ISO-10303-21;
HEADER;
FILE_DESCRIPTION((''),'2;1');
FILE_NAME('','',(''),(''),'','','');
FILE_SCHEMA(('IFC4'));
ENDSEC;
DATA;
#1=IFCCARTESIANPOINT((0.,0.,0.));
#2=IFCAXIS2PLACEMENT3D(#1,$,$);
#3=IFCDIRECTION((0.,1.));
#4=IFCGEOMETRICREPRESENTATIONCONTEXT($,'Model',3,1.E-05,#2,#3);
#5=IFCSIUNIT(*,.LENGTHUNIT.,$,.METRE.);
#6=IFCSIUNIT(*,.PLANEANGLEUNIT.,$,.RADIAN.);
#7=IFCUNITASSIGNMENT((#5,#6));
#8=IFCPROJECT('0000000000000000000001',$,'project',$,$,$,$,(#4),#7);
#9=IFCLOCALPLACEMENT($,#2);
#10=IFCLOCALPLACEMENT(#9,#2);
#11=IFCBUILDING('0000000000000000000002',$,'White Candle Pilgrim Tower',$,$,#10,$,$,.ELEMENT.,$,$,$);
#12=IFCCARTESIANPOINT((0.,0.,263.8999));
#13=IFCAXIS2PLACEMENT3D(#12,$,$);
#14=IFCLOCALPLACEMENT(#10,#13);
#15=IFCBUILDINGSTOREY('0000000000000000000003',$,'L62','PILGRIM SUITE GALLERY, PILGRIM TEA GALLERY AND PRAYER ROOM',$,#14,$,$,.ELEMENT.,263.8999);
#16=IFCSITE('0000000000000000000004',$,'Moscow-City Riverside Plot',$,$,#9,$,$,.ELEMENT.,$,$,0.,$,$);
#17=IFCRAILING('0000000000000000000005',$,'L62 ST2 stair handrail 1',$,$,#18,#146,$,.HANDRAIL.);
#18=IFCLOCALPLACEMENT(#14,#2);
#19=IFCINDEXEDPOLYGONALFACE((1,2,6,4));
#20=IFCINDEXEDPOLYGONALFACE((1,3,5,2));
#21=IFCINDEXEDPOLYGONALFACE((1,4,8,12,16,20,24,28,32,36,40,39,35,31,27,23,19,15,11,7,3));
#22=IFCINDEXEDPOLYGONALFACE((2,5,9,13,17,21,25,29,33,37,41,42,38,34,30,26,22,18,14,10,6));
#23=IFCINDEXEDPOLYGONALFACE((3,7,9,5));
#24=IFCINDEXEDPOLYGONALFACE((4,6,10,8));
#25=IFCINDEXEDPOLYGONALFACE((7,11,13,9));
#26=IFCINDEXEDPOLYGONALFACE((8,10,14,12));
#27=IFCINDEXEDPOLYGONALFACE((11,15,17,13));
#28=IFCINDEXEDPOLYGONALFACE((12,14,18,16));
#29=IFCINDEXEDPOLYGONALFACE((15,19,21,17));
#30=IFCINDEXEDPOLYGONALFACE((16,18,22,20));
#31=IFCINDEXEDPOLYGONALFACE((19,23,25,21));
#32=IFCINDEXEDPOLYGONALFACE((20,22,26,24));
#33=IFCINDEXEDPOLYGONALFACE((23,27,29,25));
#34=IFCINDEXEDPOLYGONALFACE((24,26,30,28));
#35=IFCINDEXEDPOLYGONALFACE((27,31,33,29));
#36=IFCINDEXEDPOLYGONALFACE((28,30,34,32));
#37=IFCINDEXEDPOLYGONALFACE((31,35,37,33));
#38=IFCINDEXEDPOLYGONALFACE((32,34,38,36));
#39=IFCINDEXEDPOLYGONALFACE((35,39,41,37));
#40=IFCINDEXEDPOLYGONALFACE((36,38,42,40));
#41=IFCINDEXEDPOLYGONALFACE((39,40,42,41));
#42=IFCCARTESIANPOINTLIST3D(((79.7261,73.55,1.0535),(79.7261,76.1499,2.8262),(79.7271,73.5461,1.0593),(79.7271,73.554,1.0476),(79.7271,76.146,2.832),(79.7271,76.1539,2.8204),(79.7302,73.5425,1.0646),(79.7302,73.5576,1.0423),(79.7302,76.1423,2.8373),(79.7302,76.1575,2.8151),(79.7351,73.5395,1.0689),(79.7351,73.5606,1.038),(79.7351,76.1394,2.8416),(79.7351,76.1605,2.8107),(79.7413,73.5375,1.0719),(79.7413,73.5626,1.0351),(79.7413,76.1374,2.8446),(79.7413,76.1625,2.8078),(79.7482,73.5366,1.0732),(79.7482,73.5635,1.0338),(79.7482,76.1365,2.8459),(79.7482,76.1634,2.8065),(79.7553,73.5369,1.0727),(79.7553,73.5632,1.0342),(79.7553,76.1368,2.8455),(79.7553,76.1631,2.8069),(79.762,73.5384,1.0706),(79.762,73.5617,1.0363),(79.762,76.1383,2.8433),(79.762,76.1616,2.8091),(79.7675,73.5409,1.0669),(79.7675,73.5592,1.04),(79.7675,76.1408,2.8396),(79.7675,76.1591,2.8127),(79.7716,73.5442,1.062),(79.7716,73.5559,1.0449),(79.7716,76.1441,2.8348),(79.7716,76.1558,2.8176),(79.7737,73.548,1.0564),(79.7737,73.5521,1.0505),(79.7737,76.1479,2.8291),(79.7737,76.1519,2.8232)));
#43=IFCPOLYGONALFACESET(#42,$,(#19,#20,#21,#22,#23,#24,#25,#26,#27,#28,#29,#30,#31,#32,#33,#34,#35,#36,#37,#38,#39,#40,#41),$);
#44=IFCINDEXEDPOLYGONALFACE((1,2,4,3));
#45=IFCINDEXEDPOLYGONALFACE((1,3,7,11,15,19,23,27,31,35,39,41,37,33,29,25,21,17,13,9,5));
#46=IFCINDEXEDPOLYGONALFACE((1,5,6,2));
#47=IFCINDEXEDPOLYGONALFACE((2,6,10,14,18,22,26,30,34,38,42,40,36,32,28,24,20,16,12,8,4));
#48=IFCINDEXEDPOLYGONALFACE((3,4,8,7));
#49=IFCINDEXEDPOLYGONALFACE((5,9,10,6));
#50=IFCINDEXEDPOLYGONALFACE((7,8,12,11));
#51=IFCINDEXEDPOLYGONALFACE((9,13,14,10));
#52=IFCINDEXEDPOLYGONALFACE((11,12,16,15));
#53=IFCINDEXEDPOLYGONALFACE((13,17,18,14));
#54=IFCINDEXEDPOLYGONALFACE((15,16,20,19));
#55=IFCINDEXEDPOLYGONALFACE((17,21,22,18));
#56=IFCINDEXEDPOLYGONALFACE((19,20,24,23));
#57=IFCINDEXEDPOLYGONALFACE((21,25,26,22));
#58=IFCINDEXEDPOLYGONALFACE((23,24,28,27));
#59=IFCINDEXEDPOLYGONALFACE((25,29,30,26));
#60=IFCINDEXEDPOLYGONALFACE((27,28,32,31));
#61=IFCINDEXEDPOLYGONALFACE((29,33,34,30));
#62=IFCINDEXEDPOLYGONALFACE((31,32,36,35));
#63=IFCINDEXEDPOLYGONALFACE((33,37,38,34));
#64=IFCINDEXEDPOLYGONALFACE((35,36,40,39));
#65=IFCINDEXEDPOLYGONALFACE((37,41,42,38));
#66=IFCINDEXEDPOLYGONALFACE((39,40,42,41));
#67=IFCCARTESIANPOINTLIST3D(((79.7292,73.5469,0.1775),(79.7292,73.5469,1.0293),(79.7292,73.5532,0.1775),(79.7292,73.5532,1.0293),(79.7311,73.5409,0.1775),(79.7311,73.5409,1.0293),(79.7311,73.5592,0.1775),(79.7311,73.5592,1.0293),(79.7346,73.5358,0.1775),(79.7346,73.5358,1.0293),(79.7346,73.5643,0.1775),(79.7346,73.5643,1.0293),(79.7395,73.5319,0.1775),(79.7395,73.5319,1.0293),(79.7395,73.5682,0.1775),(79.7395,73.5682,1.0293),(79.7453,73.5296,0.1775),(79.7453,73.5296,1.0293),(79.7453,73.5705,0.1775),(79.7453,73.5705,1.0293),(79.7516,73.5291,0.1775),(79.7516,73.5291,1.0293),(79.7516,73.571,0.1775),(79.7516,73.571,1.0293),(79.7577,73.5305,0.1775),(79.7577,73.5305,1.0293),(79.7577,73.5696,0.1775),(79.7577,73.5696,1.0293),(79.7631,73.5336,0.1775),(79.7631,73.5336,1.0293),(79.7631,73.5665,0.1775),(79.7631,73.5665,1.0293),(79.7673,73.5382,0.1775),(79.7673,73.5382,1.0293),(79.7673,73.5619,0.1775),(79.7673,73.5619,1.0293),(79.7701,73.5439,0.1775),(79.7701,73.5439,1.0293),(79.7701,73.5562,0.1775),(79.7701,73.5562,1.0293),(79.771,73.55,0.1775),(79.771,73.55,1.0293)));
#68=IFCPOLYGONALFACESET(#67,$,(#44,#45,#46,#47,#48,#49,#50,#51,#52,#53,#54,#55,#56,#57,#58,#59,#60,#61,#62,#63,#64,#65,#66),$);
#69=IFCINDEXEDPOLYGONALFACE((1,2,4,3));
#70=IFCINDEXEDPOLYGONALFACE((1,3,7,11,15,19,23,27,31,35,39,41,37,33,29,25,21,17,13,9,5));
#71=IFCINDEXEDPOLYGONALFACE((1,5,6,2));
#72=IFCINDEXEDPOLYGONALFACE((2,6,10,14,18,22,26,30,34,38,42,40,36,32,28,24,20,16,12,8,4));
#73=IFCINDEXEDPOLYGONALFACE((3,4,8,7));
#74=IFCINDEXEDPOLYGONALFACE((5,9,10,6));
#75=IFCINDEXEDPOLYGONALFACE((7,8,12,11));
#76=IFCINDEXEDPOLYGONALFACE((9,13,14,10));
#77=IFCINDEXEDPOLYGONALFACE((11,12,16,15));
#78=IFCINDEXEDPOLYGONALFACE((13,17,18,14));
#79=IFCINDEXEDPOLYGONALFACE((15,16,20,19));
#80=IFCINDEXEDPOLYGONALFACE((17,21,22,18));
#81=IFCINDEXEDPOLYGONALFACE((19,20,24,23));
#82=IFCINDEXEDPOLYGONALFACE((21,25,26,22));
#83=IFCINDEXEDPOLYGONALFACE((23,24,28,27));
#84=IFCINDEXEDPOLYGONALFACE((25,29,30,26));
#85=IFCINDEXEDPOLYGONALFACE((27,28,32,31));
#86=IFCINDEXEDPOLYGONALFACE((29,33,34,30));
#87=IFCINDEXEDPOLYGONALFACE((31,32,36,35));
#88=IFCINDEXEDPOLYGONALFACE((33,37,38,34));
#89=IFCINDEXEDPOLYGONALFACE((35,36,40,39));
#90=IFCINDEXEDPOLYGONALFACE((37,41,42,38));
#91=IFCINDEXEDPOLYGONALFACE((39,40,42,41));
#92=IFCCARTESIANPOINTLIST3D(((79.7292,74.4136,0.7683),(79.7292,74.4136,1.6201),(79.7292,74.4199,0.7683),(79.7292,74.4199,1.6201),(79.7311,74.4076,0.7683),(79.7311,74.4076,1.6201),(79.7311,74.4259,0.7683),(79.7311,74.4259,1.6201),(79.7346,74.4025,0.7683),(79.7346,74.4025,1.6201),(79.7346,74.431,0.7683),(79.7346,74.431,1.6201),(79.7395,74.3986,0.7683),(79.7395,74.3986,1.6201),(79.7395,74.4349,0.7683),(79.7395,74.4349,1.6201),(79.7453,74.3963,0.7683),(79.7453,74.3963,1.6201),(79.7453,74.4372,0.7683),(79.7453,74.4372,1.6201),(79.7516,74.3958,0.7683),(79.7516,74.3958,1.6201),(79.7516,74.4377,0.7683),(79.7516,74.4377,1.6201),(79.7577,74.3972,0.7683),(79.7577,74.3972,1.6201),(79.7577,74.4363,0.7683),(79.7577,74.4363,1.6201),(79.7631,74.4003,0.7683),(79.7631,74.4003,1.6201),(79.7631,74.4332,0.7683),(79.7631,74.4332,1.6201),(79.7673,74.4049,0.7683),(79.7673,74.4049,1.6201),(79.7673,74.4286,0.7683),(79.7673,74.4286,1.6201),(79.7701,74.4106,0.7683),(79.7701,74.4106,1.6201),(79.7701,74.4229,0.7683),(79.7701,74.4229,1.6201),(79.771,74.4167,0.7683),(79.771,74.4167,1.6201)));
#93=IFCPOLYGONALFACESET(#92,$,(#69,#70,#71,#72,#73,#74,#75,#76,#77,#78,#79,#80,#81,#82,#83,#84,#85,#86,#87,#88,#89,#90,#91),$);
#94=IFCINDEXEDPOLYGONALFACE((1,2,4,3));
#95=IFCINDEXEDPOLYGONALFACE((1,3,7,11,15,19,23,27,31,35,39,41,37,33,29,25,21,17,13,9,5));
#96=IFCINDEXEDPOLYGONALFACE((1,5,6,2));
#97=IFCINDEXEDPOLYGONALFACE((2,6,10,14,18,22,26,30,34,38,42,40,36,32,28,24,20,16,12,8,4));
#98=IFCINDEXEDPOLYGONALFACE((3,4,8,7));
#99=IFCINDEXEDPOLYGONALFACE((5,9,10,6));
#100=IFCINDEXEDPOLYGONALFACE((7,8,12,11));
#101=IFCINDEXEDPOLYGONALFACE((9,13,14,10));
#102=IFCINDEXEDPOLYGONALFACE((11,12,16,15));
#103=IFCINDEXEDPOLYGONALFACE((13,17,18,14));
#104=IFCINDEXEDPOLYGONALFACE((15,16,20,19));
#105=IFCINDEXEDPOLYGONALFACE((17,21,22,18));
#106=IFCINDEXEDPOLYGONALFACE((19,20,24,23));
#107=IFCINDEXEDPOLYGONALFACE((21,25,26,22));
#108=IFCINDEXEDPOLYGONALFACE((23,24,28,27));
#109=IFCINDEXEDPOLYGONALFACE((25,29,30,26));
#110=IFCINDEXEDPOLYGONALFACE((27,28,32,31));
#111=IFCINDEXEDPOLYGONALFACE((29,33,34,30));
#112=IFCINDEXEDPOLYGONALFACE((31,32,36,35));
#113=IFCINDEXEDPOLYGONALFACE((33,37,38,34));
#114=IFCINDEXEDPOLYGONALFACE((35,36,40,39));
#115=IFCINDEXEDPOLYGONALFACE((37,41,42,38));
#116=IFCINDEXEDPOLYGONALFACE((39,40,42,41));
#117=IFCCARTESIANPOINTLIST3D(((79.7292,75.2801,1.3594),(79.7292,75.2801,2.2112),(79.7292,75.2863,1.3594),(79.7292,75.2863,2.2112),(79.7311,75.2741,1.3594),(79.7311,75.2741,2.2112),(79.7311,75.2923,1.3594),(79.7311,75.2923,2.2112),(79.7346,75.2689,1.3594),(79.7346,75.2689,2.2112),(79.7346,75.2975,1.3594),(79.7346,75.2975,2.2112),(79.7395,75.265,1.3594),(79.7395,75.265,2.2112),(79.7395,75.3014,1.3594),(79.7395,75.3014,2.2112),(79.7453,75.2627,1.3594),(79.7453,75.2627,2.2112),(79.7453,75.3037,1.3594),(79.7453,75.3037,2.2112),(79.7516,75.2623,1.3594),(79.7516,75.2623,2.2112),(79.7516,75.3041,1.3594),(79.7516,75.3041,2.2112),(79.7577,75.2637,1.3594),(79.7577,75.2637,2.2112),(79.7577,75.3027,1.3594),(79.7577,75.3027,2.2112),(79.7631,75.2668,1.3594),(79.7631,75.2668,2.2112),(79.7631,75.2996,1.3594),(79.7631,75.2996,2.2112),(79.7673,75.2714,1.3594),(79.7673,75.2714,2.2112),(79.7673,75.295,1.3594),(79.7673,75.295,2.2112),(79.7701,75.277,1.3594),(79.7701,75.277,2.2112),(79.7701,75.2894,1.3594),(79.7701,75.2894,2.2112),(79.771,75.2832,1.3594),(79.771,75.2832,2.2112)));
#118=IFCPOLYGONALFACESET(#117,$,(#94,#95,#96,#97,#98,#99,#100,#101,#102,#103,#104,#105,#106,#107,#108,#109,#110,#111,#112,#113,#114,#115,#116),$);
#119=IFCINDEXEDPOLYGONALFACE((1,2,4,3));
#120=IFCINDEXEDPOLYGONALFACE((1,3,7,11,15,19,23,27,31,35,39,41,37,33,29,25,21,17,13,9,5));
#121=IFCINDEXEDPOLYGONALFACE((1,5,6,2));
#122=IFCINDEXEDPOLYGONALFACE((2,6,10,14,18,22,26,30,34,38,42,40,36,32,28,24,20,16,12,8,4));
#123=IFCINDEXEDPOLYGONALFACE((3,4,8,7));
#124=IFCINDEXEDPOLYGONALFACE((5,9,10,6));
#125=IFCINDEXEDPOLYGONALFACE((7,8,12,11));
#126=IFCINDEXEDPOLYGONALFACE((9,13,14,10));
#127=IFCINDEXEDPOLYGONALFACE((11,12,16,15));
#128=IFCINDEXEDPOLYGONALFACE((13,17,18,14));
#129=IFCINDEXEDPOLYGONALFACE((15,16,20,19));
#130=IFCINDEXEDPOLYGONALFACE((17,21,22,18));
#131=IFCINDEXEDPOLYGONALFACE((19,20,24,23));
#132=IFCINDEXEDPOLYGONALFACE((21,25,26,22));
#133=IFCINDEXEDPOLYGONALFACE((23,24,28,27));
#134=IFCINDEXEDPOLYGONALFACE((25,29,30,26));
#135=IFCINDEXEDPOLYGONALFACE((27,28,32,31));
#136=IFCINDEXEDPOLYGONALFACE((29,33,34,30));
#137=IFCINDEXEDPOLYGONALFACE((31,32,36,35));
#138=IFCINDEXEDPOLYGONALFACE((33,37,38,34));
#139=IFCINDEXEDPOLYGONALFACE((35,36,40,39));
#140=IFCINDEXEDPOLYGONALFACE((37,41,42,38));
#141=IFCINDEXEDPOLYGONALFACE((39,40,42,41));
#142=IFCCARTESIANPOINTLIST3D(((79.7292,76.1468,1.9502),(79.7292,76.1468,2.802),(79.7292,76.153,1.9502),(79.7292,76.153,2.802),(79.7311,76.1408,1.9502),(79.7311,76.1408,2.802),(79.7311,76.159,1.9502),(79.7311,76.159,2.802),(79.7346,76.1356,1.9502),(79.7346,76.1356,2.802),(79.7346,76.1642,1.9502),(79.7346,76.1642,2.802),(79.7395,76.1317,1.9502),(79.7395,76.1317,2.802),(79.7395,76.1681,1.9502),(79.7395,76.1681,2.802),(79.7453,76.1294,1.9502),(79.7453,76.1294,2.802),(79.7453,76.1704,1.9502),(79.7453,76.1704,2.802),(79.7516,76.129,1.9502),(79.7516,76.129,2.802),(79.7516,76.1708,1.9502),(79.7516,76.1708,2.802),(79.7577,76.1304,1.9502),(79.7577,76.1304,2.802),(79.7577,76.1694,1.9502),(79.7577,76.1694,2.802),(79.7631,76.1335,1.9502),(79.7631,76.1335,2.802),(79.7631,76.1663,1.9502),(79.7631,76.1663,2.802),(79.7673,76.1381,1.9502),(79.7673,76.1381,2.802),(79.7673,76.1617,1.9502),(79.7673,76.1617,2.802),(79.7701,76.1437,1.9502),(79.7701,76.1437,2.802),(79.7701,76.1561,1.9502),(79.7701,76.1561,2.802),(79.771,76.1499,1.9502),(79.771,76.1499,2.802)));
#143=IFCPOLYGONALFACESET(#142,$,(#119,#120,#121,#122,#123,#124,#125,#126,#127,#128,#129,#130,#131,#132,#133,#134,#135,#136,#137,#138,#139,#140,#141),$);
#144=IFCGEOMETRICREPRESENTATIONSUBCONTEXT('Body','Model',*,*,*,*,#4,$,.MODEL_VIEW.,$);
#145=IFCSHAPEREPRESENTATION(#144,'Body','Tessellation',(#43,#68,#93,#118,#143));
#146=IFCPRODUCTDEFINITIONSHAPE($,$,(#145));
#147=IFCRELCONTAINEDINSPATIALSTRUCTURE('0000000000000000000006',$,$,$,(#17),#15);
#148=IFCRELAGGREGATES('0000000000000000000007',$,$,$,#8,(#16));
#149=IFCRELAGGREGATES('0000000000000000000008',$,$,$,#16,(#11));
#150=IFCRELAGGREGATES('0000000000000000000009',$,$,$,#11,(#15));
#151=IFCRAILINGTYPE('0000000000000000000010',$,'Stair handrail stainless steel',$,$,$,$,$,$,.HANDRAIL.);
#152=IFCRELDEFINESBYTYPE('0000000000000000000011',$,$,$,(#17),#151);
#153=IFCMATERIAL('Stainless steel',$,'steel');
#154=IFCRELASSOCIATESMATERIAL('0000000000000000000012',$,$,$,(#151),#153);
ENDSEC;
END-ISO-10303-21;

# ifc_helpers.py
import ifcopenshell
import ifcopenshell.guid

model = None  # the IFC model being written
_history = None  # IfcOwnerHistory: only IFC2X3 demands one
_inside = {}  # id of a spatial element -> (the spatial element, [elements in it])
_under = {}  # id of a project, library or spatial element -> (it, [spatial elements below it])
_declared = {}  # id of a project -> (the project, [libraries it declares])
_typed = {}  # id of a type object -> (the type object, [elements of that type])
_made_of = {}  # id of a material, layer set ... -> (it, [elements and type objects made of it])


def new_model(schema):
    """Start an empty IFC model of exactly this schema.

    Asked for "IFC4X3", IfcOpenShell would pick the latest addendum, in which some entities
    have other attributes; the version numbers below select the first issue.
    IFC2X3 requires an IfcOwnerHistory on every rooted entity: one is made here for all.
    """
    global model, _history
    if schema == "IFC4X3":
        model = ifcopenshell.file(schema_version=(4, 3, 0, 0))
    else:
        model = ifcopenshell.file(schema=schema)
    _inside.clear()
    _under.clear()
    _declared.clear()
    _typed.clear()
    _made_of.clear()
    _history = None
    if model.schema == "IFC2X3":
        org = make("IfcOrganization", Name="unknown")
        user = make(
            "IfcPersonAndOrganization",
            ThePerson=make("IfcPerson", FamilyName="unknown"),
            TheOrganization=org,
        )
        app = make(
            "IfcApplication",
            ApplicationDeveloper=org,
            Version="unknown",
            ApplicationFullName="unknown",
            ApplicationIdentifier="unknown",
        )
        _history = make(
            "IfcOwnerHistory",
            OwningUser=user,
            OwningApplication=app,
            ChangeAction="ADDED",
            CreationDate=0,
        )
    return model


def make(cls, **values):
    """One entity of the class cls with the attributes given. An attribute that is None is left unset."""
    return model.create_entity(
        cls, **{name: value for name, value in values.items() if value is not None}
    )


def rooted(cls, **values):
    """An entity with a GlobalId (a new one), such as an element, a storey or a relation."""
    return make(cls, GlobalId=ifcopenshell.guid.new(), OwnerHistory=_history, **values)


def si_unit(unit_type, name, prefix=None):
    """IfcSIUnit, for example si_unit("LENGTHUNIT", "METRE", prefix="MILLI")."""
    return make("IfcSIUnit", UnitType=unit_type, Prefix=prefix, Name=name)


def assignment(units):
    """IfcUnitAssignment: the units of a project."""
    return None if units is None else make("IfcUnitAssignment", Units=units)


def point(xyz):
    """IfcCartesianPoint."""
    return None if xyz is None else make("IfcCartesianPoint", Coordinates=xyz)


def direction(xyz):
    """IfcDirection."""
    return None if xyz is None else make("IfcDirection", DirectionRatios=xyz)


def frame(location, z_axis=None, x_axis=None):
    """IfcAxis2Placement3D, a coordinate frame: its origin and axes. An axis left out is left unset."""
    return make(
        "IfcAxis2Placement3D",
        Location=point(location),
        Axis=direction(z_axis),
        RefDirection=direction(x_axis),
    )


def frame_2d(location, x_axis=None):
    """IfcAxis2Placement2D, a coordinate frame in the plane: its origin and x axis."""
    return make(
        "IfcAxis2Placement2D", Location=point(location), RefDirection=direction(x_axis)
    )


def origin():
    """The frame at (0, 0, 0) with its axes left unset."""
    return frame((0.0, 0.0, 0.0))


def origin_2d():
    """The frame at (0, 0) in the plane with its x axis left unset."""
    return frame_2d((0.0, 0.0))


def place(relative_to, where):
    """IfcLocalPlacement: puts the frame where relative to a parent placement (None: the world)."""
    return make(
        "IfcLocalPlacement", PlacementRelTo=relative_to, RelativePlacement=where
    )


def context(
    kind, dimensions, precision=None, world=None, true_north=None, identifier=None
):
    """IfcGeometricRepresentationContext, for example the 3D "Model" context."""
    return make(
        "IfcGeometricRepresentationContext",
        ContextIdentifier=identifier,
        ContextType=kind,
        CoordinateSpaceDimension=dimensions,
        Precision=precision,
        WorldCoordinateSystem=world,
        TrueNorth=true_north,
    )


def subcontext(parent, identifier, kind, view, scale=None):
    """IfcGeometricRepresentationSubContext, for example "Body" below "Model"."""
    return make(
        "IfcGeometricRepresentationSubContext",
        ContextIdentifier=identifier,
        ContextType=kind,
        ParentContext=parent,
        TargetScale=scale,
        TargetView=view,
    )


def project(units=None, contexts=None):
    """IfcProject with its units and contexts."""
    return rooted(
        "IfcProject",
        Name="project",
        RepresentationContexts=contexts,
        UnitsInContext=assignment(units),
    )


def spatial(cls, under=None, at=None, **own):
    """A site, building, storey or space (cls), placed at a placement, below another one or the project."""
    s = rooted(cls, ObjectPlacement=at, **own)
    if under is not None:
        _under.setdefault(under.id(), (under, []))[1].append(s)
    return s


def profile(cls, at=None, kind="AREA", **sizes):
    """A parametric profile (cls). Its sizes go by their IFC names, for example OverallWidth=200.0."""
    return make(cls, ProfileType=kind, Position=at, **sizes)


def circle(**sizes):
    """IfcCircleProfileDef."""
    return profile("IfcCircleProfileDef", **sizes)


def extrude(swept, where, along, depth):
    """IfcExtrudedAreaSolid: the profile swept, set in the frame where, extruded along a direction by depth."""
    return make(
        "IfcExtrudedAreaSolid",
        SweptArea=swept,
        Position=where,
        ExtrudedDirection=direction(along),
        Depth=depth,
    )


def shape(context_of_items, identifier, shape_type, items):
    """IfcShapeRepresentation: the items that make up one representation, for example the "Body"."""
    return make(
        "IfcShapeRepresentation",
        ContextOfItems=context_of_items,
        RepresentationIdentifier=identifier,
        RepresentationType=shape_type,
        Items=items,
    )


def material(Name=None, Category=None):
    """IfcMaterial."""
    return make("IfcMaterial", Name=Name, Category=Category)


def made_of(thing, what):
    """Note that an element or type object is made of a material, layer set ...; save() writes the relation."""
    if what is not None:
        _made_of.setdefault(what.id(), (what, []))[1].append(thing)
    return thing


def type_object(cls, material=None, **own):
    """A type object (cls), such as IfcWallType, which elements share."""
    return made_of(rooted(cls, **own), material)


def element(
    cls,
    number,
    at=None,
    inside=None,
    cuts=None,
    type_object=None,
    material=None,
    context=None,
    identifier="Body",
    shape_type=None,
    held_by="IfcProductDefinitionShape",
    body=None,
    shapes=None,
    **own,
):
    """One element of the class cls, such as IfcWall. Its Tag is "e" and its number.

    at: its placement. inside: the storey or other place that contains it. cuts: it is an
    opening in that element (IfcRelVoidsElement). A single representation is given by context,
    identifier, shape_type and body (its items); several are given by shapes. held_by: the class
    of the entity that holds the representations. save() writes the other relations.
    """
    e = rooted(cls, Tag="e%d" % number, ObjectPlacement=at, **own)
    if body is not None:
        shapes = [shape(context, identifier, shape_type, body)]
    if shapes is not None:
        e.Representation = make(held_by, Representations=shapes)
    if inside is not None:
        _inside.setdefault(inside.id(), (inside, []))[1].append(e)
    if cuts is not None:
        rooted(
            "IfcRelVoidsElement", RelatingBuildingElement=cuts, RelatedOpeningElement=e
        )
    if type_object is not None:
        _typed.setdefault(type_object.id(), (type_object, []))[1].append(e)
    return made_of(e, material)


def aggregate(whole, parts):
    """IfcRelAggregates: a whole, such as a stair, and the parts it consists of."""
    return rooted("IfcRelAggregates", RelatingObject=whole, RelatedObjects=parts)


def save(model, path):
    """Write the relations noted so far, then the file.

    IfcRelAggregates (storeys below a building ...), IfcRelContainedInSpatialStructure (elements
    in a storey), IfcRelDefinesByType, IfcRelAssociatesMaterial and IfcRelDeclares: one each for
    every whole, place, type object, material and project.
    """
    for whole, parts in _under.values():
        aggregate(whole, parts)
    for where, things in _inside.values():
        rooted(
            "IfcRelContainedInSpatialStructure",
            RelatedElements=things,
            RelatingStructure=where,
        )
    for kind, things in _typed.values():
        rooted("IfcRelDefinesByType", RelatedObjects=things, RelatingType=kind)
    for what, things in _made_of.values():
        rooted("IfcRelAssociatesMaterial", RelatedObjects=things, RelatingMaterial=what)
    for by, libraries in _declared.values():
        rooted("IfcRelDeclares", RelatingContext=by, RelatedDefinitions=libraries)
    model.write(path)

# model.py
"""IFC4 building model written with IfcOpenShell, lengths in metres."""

from ifc_helpers import new_model, si_unit, direction, frame, origin, origin_2d, place, context, subcontext, project, spatial, circle, extrude, material, type_object, element, save


model = new_model("IFC4")

# Units and contexts
model_context = context("Model", 3, precision=1e-05, world=origin(), true_north=direction((0.0, 1.0)))
body_context = subcontext(model_context, "Body", "Model", "MODEL_VIEW")
ifc_project = project(units=[si_unit("LENGTHUNIT", "METRE"), si_unit("PLANEANGLEUNIT", "RADIAN")], contexts=[model_context])

# Site, building, storey
site_placement = place(None, origin())
site = spatial("IfcSite", under=ifc_project, at=site_placement, Name="Moscow-City Riverside Plot", CompositionType="ELEMENT", RefElevation=0.0)
building_placement = place(site_placement, origin())
building = spatial("IfcBuilding", under=site, at=building_placement, Name="White Candle Pilgrim Tower", CompositionType="ELEMENT")
storey_placement = place(building_placement, frame((0.0, 0.0, 263.8999)))
storey = spatial("IfcBuildingStorey", under=building, at=storey_placement, Name="L62", Description="PILGRIM SUITE GALLERY, PILGRIM TEA GALLERY AND PRAYER ROOM", CompositionType="ELEMENT", Elevation=263.8999)

# Railing
ifc_material_1 = material(Name="Stainless steel", Category="steel")
railing_type_1 = type_object("IfcRailingType", Name="Stair handrail stainless steel", PredefinedType="HANDRAIL", material=ifc_material_1)
railing_1_placement = place(storey_placement, frame((79.75, 73.55, 0.1775)))
element("IfcRailing", 1, at=railing_1_placement, inside=storey, type_object=railing_type_1, Name="L62 ST2 stair handrail 1", PredefinedType="HANDRAIL", context=body_context, shape_type="SweptSolid", body=[
    extrude(circle(Radius=0.0239, at=origin_2d()), frame((0.0, 0.0, 0.876), z_axis=(0.0, 0.826216, 0.563354), x_axis=(-1.0, 0.0, 0.0)), (0.0, 0.0, 1.0), 3.1467),
    extrude(circle(Radius=0.021, at=origin_2d()), origin(), (0.0, 0.0, 1.0), 0.8518),
    extrude(circle(Radius=0.021, at=origin_2d()), frame((0.0, 0.8667, 0.5908)), (0.0, 0.0, 1.0), 0.8518),
    extrude(circle(Radius=0.021, at=origin_2d()), frame((0.0, 1.7332, 1.1819)), (0.0, 0.0, 1.0), 0.8518),
    extrude(circle(Radius=0.021, at=origin_2d()), frame((0.0, 2.5999, 1.7727)), (0.0, 0.0, 1.0), 0.8518),
])

save(model, "model.ifc")
